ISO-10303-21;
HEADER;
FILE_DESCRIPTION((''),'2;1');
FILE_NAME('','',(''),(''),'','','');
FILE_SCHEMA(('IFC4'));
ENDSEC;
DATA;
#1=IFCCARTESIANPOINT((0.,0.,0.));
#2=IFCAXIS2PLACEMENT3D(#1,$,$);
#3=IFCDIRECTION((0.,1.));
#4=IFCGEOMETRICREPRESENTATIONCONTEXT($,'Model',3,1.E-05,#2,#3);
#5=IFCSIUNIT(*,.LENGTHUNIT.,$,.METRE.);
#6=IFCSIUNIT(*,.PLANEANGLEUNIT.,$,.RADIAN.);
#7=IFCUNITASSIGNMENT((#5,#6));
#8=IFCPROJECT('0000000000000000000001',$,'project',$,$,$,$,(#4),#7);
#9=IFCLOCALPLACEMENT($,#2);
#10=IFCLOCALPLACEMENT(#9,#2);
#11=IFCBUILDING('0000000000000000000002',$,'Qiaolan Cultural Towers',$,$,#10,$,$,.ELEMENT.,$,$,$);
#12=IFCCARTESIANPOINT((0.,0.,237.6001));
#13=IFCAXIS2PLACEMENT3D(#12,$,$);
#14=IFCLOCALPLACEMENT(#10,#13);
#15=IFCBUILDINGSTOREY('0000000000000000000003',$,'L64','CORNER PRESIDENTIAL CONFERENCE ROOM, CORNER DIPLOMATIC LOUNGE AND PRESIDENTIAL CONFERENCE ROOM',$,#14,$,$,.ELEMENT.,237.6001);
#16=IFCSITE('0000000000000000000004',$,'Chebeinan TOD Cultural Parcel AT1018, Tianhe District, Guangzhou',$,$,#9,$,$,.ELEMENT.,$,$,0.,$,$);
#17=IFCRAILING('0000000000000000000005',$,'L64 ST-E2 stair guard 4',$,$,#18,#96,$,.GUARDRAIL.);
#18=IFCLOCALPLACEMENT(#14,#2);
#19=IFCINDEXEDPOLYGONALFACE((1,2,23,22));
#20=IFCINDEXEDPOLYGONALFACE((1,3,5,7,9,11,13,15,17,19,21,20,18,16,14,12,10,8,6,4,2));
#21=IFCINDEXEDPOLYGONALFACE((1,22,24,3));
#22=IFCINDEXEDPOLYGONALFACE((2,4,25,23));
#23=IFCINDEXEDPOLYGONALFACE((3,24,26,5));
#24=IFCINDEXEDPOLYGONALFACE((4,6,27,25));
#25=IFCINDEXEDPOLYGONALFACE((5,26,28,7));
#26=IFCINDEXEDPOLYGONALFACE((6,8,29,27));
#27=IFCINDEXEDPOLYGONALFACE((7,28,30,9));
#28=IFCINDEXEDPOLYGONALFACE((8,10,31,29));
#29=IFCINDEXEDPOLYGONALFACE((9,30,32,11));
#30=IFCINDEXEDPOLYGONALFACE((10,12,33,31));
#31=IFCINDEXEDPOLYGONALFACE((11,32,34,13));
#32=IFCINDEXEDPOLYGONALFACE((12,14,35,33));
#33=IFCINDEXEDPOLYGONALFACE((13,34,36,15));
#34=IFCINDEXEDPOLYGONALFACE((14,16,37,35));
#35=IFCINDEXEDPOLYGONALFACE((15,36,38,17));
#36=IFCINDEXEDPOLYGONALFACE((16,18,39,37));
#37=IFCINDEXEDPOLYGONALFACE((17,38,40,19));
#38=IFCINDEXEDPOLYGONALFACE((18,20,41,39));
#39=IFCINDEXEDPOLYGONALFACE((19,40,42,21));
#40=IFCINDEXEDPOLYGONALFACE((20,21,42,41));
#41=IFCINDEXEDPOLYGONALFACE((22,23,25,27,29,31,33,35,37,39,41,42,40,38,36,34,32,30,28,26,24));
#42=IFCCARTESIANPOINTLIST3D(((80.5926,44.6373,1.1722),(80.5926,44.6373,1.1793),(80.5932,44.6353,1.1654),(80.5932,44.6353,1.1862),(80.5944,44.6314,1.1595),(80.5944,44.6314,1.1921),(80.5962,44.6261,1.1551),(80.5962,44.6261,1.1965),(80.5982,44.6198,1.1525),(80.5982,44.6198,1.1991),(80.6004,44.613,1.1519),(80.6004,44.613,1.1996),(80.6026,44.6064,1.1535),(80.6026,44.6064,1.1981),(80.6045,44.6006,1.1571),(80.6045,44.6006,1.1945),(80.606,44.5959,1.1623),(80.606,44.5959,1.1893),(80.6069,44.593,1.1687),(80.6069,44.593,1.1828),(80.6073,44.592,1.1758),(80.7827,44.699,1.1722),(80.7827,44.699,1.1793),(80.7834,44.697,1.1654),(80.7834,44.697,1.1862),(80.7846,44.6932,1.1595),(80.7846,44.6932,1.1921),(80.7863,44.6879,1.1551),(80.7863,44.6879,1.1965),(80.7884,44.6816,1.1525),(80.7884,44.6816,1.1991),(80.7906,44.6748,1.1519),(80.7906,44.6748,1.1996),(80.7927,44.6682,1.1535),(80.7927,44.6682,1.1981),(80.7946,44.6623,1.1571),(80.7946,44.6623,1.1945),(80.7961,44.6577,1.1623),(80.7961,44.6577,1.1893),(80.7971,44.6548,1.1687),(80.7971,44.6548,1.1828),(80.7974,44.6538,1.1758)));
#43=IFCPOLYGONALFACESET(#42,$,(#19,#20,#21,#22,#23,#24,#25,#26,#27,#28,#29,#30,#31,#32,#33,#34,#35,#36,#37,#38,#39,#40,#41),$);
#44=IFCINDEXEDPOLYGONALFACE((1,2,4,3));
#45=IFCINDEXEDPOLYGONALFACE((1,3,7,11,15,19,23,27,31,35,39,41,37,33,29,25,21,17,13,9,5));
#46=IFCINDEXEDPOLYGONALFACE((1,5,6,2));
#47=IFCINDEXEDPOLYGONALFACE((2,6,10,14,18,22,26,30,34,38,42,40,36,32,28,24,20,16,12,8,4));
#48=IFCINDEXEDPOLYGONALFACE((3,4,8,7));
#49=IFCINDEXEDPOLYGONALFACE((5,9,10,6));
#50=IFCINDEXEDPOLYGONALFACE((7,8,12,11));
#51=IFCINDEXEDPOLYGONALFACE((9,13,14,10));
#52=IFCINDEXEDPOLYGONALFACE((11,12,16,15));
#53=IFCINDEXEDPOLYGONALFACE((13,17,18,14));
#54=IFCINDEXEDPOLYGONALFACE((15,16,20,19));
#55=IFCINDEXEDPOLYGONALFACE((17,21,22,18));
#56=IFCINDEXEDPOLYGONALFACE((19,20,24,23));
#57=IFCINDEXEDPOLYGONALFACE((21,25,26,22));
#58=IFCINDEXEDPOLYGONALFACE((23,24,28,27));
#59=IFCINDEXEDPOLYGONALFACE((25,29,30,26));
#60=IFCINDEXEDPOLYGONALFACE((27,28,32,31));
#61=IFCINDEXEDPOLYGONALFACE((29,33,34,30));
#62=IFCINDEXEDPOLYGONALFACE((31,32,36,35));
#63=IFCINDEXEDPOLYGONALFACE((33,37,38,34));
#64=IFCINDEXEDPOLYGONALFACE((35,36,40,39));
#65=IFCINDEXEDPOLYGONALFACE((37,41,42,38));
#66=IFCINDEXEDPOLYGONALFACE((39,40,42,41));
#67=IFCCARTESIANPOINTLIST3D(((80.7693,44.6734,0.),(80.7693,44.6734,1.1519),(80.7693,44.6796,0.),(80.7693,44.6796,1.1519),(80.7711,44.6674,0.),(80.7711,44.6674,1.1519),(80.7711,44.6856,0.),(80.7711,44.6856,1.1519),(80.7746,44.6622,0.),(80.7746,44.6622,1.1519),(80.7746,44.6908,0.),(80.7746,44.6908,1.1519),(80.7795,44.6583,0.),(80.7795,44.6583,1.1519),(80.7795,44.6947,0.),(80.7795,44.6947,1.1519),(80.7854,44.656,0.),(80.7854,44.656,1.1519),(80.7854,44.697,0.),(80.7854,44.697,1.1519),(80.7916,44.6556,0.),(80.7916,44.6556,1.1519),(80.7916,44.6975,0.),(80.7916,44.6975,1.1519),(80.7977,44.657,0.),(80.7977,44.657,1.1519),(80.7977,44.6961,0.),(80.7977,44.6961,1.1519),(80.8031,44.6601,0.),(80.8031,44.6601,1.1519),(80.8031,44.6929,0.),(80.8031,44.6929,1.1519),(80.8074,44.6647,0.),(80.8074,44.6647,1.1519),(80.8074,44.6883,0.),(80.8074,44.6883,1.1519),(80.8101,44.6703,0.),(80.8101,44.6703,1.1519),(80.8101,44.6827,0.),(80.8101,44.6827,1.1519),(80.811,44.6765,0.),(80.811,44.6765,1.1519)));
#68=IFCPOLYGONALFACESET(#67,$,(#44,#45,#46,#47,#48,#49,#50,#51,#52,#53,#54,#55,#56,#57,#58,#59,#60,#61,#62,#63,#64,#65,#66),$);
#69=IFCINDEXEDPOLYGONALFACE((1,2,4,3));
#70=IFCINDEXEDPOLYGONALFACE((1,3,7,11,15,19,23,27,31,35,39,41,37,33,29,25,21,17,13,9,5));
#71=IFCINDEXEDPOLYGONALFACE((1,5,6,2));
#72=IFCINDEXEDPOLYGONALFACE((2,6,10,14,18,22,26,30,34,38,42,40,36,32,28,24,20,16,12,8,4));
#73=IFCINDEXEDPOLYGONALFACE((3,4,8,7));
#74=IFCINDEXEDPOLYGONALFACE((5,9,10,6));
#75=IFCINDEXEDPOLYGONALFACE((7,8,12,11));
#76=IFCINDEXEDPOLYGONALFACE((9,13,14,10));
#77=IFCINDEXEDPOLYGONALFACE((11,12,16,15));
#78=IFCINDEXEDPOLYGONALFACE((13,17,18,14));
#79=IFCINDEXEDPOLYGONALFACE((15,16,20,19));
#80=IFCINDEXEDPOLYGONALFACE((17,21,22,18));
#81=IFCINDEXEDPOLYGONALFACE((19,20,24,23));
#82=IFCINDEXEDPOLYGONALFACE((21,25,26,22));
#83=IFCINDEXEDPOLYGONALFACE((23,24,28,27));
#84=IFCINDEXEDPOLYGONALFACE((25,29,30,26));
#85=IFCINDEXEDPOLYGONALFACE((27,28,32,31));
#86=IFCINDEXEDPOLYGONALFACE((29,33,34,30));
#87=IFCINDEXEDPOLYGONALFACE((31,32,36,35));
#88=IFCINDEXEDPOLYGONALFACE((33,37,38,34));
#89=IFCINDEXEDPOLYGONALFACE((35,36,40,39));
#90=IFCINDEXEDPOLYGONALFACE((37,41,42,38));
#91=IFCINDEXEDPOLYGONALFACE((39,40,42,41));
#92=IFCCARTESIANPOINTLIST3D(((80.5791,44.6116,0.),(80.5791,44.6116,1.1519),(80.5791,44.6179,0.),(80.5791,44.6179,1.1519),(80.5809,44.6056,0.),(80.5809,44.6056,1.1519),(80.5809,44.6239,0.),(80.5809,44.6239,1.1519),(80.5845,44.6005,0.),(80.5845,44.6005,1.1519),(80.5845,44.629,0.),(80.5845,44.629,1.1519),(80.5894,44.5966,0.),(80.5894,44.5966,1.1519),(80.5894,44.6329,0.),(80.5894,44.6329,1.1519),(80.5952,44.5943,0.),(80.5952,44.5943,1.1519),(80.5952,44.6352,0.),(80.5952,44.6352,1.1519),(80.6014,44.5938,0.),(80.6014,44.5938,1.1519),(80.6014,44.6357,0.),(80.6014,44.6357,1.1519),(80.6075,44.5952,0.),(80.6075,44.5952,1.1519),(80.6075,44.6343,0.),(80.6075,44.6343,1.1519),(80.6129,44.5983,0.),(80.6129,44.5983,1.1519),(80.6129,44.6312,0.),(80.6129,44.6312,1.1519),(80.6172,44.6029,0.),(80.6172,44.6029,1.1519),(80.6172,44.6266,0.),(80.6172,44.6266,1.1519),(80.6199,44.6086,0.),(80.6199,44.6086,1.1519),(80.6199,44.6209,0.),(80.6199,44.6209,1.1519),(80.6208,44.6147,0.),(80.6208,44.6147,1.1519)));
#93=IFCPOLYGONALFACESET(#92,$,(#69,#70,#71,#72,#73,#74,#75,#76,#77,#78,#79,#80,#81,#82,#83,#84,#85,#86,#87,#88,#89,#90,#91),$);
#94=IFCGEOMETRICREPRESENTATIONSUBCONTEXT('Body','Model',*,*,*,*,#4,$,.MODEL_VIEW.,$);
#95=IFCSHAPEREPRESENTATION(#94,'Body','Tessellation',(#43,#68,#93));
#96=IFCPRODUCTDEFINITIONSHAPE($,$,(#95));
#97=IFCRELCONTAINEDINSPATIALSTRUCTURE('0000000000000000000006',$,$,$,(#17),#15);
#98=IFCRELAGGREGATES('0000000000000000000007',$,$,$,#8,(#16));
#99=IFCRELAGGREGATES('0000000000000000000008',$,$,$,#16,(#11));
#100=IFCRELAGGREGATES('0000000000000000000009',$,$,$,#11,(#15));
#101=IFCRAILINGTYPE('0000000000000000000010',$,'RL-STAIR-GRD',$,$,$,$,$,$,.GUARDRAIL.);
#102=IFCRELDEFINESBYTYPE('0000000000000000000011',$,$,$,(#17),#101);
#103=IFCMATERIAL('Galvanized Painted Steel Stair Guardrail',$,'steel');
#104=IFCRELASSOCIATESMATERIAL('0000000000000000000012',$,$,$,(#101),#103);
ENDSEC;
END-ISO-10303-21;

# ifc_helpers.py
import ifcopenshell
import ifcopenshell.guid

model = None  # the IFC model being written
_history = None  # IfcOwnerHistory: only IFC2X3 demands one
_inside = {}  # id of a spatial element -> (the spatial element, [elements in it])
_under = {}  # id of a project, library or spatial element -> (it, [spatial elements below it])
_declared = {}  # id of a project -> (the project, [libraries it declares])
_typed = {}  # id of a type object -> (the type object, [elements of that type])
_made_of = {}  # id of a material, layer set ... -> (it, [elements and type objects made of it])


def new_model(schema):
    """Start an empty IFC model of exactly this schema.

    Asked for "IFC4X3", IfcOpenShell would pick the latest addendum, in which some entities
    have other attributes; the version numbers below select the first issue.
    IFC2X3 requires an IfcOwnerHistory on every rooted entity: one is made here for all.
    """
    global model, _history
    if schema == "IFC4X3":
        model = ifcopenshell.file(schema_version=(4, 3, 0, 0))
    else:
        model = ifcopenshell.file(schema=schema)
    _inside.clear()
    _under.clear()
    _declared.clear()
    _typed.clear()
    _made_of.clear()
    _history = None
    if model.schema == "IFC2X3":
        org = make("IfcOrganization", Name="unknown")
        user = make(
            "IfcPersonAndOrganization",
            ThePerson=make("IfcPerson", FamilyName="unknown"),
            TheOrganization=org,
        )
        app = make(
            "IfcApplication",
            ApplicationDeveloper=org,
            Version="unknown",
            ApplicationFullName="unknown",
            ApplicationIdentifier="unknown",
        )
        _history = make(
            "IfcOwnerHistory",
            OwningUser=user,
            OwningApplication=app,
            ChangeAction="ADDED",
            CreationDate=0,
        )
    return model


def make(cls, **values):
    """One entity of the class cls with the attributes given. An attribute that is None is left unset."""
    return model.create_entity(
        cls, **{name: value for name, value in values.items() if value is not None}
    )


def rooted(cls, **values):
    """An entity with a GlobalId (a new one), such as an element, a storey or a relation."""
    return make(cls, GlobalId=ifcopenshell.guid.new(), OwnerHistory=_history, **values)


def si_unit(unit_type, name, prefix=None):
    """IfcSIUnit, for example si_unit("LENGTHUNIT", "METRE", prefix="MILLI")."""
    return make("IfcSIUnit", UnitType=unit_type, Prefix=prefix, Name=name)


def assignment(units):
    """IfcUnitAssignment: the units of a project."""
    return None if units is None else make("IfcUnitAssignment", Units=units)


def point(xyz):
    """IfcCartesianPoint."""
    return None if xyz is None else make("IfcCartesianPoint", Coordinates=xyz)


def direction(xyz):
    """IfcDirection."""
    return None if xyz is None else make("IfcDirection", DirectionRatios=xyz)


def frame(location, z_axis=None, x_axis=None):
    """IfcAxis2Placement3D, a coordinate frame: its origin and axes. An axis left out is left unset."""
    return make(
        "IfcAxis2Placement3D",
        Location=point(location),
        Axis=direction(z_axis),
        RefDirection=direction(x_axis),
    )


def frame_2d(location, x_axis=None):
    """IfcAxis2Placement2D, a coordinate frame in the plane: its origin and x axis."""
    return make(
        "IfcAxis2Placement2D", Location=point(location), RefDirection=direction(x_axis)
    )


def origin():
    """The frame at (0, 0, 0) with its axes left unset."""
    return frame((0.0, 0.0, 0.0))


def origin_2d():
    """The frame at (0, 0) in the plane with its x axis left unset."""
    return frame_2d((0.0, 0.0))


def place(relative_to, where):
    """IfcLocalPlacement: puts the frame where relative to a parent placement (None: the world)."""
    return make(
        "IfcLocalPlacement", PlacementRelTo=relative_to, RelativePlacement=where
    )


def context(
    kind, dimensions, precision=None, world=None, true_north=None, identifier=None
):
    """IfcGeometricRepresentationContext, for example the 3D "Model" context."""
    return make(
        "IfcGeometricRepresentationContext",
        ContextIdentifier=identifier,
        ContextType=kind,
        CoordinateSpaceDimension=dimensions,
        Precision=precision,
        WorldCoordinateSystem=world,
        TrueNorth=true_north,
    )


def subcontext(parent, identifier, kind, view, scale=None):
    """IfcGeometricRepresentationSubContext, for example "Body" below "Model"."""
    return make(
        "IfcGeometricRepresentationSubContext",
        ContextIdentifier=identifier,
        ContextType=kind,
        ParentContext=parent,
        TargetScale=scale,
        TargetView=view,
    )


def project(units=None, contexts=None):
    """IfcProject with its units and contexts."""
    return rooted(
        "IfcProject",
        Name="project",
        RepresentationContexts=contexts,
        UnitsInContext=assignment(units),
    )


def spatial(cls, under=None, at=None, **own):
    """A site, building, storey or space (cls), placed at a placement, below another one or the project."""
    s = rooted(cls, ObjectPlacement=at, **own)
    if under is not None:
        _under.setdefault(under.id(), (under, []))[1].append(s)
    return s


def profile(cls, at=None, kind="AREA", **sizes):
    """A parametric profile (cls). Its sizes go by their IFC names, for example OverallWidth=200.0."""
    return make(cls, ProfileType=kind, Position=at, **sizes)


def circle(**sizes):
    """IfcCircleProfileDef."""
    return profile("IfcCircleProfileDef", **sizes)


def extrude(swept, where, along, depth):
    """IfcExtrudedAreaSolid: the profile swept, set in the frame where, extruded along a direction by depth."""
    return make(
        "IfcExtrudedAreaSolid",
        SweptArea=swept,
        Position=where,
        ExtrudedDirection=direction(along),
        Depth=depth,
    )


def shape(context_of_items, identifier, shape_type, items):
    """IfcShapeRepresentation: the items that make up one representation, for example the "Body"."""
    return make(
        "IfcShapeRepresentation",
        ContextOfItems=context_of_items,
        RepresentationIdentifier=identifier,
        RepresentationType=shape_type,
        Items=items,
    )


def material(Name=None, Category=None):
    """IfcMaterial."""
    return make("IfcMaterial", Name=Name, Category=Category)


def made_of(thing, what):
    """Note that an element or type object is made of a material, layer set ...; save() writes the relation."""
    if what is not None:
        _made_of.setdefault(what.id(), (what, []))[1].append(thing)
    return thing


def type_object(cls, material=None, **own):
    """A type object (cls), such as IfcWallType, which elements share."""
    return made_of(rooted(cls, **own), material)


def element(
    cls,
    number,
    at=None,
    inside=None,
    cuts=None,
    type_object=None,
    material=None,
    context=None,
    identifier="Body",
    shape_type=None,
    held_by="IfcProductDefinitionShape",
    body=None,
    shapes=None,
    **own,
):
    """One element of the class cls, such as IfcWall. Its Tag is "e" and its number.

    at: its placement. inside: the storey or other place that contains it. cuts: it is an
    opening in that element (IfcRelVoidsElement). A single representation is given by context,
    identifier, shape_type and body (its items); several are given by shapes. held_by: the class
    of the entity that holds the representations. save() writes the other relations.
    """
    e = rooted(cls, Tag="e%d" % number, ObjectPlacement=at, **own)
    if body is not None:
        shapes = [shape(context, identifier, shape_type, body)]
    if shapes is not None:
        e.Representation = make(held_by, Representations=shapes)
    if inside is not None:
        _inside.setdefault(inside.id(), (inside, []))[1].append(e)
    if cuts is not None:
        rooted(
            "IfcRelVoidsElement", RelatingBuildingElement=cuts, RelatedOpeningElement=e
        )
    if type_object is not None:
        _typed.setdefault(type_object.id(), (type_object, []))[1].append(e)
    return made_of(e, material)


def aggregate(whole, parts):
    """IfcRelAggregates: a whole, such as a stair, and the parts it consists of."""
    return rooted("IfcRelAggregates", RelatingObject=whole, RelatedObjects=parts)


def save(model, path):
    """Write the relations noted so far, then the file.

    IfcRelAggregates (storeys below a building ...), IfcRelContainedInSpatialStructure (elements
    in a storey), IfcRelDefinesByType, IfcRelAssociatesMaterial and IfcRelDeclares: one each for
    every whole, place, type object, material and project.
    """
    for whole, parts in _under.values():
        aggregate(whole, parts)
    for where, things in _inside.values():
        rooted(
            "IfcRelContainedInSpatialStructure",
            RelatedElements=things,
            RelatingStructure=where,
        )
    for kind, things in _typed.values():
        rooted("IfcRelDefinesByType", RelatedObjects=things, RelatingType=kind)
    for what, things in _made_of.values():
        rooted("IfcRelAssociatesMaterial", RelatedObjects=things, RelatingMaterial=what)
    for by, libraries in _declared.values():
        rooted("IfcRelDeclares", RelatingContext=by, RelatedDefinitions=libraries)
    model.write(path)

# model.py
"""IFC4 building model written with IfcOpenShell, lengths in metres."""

from ifc_helpers import new_model, si_unit, direction, frame, origin, origin_2d, place, context, subcontext, project, spatial, circle, extrude, material, type_object, element, save


model = new_model("IFC4")

# Units and contexts
model_context = context("Model", 3, precision=1e-05, world=origin(), true_north=direction((0.0, 1.0)))
body_context = subcontext(model_context, "Body", "Model", "MODEL_VIEW")
ifc_project = project(units=[si_unit("LENGTHUNIT", "METRE"), si_unit("PLANEANGLEUNIT", "RADIAN")], contexts=[model_context])

# Site, building, storey
site_placement = place(None, origin())
site = spatial("IfcSite", under=ifc_project, at=site_placement, Name="Chebeinan TOD Cultural Parcel AT1018, Tianhe District, Guangzhou", CompositionType="ELEMENT", RefElevation=0.0)
building_placement = place(site_placement, origin())
building = spatial("IfcBuilding", under=site, at=building_placement, Name="Qiaolan Cultural Towers", CompositionType="ELEMENT")
storey_placement = place(building_placement, frame((0.0, 0.0, 237.6001)))
storey = spatial("IfcBuildingStorey", under=building, at=storey_placement, Name="L64", Description="CORNER PRESIDENTIAL CONFERENCE ROOM, CORNER DIPLOMATIC LOUNGE AND PRESIDENTIAL CONFERENCE ROOM", CompositionType="ELEMENT", Elevation=237.6001)

# Railing
ifc_material_1 = material(Name="Galvanized Painted Steel Stair Guardrail", Category="steel")
railing_type_1 = type_object("IfcRailingType", Name="RL-STAIR-GRD", PredefinedType="GUARDRAIL", material=ifc_material_1)
railing_1_placement = place(storey_placement, frame((80.79, 44.6765, 0.0)))
element("IfcRailing", 1, at=railing_1_placement, inside=storey, type_object=railing_type_1, Name="L64 ST-E2 stair guard 4", PredefinedType="GUARDRAIL", context=body_context, shape_type="SweptSolid", body=[
    extrude(circle(Radius=0.0239, at=origin_2d()), frame((0.0, 0.0, 1.1758), z_axis=(-0.951097, -0.308893, 0.0), x_axis=(0.308893, -0.951097, 0.0)), (0.0, 0.0, 1.0), 0.2),
    extrude(circle(Radius=0.021, at=origin_2d()), origin(), (0.0, 0.0, 1.0), 1.1519),
    extrude(circle(Radius=0.021, at=origin_2d()), frame((-0.1902, -0.0618, 0.0)), (0.0, 0.0, 1.0), 1.1519),
])

save(model, "model.ifc")
